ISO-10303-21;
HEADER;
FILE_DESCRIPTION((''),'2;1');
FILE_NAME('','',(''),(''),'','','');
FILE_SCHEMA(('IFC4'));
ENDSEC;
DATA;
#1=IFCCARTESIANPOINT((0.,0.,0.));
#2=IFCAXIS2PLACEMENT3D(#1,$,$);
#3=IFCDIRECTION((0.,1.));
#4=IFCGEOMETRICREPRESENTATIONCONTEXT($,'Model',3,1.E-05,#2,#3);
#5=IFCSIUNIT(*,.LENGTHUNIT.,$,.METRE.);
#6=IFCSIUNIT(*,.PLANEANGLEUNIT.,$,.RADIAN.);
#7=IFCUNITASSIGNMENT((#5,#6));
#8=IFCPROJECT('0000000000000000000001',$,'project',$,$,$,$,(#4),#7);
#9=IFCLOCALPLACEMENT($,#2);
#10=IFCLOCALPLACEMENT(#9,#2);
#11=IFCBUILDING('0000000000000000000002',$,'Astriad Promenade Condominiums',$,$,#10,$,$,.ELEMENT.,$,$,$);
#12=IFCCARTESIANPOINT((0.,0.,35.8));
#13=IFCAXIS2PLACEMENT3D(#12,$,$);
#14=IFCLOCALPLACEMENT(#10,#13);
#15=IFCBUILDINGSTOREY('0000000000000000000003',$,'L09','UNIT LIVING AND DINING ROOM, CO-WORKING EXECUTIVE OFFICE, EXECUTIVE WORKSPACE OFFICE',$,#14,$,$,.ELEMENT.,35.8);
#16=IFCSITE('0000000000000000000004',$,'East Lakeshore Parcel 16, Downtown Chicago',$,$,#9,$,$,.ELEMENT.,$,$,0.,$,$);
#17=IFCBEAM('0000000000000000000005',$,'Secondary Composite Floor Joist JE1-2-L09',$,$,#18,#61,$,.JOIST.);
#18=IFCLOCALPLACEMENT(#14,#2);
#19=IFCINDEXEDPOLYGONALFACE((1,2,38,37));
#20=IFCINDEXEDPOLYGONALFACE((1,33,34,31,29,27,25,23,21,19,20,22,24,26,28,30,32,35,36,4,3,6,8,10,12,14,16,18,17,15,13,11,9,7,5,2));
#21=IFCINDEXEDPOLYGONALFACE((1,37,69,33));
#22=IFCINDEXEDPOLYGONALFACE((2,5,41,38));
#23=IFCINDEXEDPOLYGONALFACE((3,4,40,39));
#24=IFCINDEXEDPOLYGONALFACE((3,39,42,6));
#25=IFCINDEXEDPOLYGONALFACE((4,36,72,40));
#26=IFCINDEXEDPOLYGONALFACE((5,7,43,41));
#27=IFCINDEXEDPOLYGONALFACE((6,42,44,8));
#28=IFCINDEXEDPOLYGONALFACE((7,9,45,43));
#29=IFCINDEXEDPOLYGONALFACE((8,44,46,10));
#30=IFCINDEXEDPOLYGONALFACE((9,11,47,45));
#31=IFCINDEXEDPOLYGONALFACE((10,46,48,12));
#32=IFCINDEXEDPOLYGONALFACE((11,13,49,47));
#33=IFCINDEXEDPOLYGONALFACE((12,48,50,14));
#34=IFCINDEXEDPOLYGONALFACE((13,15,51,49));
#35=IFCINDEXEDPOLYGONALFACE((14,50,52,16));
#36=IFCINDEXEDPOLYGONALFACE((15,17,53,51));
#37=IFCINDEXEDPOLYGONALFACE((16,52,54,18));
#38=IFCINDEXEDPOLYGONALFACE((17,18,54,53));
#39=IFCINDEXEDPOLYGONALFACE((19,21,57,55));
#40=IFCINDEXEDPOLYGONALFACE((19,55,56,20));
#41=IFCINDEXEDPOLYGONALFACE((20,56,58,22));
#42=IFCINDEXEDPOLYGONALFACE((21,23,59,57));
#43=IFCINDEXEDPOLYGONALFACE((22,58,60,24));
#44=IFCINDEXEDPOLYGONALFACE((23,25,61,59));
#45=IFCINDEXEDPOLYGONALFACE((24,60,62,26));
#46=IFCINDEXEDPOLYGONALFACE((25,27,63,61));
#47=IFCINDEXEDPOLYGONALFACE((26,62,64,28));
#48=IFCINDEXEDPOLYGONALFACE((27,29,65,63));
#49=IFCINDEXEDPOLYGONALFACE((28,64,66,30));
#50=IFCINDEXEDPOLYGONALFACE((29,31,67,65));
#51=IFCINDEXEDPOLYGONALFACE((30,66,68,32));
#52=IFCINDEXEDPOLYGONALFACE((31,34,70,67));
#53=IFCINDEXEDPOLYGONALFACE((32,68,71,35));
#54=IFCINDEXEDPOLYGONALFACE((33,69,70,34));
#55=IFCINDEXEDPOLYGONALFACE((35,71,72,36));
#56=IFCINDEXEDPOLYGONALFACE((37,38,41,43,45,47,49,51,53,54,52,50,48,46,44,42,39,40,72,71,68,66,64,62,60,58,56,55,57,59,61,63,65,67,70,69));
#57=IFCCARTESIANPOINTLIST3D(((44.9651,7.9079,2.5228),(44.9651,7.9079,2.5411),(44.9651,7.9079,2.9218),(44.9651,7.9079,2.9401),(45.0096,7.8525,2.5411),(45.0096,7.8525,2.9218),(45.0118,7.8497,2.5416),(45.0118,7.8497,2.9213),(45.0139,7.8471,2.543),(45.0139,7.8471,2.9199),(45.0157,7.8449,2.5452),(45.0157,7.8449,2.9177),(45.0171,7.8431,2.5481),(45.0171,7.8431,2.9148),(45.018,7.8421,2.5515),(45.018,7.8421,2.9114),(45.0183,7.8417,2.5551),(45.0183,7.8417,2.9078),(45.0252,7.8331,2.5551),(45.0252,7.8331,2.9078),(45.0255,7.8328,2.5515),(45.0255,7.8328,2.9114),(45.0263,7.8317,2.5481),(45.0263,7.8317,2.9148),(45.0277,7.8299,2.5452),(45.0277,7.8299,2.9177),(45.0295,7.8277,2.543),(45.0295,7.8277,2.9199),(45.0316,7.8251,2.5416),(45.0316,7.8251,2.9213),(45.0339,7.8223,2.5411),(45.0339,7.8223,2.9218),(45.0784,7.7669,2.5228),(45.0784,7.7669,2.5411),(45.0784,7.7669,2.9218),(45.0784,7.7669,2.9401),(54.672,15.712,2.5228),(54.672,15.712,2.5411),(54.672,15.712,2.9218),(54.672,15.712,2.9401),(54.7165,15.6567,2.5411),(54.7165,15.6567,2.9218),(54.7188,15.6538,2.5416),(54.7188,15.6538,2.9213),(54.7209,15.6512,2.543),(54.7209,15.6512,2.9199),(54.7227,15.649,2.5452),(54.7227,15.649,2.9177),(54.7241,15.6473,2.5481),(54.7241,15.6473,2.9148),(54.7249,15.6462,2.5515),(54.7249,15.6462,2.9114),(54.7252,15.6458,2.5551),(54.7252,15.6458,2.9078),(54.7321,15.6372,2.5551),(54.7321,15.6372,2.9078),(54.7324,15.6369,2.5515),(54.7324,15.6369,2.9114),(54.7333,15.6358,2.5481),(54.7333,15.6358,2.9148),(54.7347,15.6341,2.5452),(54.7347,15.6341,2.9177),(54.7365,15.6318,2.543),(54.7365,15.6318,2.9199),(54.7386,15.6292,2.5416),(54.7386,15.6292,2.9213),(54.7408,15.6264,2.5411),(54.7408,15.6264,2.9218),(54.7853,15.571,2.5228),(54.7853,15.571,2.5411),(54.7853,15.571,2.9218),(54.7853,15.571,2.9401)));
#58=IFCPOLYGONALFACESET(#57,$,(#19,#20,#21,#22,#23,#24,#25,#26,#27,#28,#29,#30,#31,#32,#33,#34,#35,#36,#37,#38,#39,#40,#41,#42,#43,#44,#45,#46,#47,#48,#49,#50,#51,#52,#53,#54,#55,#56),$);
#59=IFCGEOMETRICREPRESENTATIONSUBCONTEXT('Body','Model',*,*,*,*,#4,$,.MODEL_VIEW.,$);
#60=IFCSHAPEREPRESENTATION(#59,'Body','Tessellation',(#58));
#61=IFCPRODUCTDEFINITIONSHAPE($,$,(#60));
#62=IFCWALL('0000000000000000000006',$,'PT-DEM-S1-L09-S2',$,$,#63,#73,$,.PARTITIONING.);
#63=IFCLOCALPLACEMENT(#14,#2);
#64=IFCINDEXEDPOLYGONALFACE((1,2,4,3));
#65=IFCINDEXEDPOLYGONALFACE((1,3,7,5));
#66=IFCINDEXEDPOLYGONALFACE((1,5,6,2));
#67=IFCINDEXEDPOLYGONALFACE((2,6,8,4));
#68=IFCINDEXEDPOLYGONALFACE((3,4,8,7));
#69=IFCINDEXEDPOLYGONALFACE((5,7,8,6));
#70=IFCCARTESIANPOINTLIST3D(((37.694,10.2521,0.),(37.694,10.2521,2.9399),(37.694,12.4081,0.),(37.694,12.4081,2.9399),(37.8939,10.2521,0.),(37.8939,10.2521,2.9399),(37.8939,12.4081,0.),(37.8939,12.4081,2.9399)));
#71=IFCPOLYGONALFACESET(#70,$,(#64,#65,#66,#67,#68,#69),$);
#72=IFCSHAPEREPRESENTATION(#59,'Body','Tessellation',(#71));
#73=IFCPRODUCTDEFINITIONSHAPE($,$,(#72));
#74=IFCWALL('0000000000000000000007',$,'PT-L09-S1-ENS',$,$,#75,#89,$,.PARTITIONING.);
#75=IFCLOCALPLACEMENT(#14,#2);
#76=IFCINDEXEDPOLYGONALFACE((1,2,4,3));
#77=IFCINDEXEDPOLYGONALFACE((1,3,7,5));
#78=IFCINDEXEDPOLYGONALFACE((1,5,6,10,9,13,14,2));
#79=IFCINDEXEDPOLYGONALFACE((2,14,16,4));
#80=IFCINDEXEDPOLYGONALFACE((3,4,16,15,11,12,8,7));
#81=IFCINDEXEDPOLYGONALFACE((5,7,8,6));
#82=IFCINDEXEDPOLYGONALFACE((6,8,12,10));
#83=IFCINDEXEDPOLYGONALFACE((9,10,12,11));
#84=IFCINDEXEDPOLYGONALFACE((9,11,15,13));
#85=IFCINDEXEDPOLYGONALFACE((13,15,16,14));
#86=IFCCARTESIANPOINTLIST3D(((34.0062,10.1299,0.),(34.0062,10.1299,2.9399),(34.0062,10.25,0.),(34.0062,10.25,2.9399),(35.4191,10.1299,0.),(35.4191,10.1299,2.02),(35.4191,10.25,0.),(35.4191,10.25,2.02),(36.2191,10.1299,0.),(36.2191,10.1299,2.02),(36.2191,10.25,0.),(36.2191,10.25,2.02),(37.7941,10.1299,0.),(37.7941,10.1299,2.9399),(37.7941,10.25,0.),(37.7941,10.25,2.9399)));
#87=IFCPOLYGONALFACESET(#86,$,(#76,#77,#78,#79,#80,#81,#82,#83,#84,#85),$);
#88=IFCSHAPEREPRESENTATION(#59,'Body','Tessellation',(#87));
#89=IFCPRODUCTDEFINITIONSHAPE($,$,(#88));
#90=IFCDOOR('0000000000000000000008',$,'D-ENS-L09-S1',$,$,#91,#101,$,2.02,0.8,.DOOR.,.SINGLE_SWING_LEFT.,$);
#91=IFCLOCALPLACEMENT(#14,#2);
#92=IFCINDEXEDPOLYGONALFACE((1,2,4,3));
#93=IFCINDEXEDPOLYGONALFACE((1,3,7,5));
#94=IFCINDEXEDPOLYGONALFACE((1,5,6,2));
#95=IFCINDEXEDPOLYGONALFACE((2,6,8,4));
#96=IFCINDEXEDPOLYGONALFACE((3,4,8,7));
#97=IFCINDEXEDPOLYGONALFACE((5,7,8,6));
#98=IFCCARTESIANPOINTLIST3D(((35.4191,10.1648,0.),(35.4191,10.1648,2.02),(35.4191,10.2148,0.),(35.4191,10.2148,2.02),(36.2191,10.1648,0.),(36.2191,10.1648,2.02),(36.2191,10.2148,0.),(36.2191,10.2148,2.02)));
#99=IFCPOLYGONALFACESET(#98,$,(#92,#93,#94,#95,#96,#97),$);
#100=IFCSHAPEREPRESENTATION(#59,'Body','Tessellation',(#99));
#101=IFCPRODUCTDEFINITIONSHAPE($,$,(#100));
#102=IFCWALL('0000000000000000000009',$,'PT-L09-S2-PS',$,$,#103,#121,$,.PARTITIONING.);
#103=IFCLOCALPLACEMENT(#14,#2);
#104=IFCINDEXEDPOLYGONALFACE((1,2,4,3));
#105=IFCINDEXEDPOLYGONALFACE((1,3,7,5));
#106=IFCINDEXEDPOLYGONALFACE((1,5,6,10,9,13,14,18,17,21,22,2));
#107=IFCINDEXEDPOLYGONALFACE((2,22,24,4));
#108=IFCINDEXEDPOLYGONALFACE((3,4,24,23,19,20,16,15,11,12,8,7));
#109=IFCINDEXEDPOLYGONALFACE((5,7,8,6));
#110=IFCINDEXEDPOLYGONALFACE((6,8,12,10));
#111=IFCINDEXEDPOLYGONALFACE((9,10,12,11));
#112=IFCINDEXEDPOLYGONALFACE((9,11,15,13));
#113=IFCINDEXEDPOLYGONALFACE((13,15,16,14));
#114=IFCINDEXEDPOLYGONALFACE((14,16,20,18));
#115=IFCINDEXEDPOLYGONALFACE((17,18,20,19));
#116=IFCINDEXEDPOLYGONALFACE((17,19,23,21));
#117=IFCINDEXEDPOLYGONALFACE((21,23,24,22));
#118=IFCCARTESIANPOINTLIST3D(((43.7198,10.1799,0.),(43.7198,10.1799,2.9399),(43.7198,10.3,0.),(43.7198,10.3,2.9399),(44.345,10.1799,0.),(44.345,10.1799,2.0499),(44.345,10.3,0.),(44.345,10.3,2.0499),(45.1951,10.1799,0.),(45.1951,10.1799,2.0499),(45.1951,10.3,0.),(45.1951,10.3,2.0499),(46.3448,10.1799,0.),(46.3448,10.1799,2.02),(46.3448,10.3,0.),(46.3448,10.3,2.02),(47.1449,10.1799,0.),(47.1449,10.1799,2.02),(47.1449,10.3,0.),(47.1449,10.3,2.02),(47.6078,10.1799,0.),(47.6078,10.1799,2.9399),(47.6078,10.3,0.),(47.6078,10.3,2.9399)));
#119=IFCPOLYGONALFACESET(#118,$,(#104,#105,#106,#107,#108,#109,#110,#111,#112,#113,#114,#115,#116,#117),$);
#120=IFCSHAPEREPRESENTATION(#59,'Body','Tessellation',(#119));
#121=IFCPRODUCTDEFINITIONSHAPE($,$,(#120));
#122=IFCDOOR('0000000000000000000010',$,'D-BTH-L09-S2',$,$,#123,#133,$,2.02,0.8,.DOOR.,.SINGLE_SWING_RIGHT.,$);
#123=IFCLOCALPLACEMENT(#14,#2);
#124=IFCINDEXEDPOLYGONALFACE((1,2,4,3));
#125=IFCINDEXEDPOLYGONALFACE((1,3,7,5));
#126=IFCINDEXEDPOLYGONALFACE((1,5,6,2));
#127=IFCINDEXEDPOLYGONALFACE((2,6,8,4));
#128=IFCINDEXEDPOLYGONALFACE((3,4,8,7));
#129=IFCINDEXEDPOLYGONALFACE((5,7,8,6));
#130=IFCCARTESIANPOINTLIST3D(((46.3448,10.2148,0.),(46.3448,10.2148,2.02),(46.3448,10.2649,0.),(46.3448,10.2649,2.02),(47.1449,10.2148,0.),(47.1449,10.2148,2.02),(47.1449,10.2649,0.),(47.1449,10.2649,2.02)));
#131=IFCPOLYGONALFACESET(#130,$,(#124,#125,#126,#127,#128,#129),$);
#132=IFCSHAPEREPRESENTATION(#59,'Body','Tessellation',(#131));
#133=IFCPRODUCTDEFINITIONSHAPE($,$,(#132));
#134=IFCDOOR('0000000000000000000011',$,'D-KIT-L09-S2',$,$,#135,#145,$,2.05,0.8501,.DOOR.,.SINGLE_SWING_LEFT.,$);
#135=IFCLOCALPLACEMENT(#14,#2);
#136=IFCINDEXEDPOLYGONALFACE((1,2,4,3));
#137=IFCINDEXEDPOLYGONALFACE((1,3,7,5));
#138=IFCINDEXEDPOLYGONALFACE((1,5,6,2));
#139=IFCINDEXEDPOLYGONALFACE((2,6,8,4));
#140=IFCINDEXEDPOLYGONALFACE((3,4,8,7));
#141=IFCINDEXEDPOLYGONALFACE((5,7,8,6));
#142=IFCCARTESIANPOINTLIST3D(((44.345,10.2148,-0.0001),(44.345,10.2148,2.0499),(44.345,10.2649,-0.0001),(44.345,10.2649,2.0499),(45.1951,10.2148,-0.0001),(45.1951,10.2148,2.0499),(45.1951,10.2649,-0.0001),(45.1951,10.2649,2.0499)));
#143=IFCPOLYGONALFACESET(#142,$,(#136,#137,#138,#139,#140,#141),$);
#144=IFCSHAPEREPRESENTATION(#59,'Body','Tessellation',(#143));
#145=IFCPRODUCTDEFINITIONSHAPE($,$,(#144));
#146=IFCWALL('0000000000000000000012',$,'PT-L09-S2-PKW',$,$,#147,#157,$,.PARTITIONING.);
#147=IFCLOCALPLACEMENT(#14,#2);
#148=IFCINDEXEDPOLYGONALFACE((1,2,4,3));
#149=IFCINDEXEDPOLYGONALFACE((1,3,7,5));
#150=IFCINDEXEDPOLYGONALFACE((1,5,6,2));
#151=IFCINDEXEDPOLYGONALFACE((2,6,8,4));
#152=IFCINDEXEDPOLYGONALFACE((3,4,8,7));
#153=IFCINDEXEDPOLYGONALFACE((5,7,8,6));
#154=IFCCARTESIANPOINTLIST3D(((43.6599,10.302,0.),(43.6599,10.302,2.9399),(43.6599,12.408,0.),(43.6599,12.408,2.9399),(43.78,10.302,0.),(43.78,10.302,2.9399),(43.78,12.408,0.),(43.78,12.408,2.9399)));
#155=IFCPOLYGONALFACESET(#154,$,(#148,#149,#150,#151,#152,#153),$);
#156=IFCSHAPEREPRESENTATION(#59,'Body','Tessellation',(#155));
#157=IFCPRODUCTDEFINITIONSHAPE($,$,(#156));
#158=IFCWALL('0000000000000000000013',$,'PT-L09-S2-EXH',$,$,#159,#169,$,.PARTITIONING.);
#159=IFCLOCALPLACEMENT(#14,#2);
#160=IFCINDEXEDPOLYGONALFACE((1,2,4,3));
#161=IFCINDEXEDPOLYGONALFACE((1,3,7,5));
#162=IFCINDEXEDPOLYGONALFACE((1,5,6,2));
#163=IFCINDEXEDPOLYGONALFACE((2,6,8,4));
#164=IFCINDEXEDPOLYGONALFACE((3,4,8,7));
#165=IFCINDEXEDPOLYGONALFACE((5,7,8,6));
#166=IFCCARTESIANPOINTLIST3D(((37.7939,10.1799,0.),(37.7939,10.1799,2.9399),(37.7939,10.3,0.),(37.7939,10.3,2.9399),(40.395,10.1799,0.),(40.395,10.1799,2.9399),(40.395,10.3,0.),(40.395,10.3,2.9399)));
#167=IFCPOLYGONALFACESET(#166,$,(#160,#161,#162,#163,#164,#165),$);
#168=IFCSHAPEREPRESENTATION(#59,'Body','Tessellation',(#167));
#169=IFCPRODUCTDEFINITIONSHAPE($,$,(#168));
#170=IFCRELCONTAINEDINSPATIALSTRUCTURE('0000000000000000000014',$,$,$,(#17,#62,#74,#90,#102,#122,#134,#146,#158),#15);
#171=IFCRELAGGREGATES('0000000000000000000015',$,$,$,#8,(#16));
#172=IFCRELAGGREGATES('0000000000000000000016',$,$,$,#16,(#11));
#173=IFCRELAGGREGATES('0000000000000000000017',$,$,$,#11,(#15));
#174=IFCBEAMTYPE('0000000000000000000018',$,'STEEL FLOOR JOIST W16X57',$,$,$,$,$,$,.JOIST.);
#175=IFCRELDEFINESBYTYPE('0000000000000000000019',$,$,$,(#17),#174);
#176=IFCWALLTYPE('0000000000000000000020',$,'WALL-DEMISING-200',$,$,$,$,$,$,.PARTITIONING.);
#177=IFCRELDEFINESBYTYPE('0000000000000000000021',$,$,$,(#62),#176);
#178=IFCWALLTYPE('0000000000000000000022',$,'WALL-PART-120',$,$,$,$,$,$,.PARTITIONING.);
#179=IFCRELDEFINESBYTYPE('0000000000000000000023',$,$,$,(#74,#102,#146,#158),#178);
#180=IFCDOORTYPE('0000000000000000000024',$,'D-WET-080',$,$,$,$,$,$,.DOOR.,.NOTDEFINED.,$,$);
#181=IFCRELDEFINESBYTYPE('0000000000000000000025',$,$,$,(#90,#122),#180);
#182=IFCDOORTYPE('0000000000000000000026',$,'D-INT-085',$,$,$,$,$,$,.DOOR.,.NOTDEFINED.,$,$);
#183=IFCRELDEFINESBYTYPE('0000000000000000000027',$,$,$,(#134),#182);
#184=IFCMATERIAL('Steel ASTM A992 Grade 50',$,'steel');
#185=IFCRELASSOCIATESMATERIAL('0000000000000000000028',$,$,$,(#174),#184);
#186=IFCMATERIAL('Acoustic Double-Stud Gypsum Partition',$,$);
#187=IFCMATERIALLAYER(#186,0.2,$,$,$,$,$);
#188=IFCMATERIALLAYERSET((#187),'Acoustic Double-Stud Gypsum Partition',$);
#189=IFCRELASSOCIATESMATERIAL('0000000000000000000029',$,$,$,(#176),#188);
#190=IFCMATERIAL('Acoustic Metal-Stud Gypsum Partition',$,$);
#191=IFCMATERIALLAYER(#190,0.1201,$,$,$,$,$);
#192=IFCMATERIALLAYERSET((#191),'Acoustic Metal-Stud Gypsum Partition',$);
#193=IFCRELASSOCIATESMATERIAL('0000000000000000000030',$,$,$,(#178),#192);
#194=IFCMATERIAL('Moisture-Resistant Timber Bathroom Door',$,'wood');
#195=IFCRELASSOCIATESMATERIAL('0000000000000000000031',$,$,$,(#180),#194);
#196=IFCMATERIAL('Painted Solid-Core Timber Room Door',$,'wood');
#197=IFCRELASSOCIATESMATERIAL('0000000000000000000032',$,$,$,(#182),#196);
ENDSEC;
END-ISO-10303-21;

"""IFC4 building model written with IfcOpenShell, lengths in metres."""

from ifc_helpers import new_model, si_unit, direction, frame, frame_2d, origin, origin_2d, place, context, subcontext, project, spatial, rectangle, i_section, extrude, source, transform, mapped, material, layer, layer_set, material_profile, profile_set, type_object, type_shapes, element, fill, save


model = new_model("IFC4")

# Units and contexts
model_context = context("Model", 3, precision=1e-05, world=origin(), true_north=direction((0.0, 1.0)))
body_context = subcontext(model_context, "Body", "Model", "MODEL_VIEW")
ifc_project = project(units=[si_unit("LENGTHUNIT", "METRE"), si_unit("PLANEANGLEUNIT", "RADIAN")], contexts=[model_context])

# Site, building, storey
site_placement = place(None, origin())
site = spatial("IfcSite", under=ifc_project, at=site_placement, Name="East Lakeshore Parcel 16, Downtown Chicago", CompositionType="ELEMENT", RefElevation=0.0)
building_placement = place(site_placement, origin())
building = spatial("IfcBuilding", under=site, at=building_placement, Name="Astriad Promenade Condominiums", CompositionType="ELEMENT")
storey_placement = place(building_placement, frame((0.0, 0.0, 35.8)))
storey = spatial("IfcBuildingStorey", under=building, at=storey_placement, Name="L09", Description="UNIT LIVING AND DINING ROOM, CO-WORKING EXECUTIVE OFFICE, EXECUTIVE WORKSPACE OFFICE", CompositionType="ELEMENT", Elevation=35.8)

# Shared definitions
ifc_material_1 = material(Name="Steel ASTM A992 Grade 50", Category="steel")

# Beam
ifc_material_profile_1 = material_profile(ifc_material_1, i_section(OverallWidth=0.1809, OverallDepth=0.4172, WebThickness=0.011, FlangeThickness=0.0183, FilletRadius=0.0139, at=origin_2d()), Name="W16X57")
ifc_profile_set_1 = profile_set([ifc_material_profile_1], Name="Steel ASTM A992 Grade 50")
beam_type_1 = type_object("IfcBeamType", Name="STEEL FLOOR JOIST W16X57", PredefinedType="JOIST", material=ifc_profile_set_1)
shared_shape_1 = source(origin(), body_context, "Body", "SweptSolid", [
    extrude(i_section(OverallWidth=0.1809, OverallDepth=0.4172, WebThickness=0.011, FlangeThickness=0.0183, FilletRadius=0.0139, at=origin_2d()), origin(), (0.0, 0.0, 1.0), 12.4551),
])
beam_1_placement = place(storey_placement, frame((45.0217, 7.8374, 2.7314), z_axis=(0.779356, 0.626582, 0.0), x_axis=(-0.626582, 0.779356, 0.0)))
element("IfcBeam", 1, at=beam_1_placement, inside=storey, type_object=beam_type_1, Name="Secondary Composite Floor Joist JE1-2-L09", PredefinedType="JOIST", context=body_context, shape_type="MappedRepresentation", body=[
    mapped(shared_shape_1, transform((0.0, 0.0, 0.0), scale=1.0)),
])

# Wall
ifc_material_2 = material(Name="Acoustic Double-Stud Gypsum Partition")
ifc_layer_1 = layer(ifc_material_2, 0.2)
ifc_layer_set_1 = layer_set([ifc_layer_1], Name="Acoustic Double-Stud Gypsum Partition")
wall_type_1 = type_object("IfcWallType", Name="WALL-DEMISING-200", PredefinedType="PARTITIONING", material=ifc_layer_set_1)
wall_1_placement = place(storey_placement, frame((37.7939, 10.252, 0.0), z_axis=(0.0, 0.0, 1.0), x_axis=(0.0, 1.0, 0.0)))
element("IfcWall", 2, at=wall_1_placement, inside=storey, type_object=wall_type_1, Name="PT-DEM-S1-L09-S2", PredefinedType="PARTITIONING", context=body_context, shape_type="SweptSolid", body=[
    extrude(rectangle(XDim=2.156, YDim=0.2, at=frame_2d((1.0781, 0.0))), origin(), (0.0, 0.0, 1.0), 2.9399),
])

# Wall, opening, door
ifc_material_3 = material(Name="Acoustic Metal-Stud Gypsum Partition")
ifc_layer_2 = layer(ifc_material_3, 0.1201)
ifc_layer_set_2 = layer_set([ifc_layer_2], Name="Acoustic Metal-Stud Gypsum Partition")
wall_type_2 = type_object("IfcWallType", Name="WALL-PART-120", PredefinedType="PARTITIONING", material=ifc_layer_set_2)
wall_2_placement = place(storey_placement, frame((34.0061, 10.1899, 0.0), z_axis=(0.0, 0.0, 1.0), x_axis=(1.0, 0.0, 0.0)))
wall_2 = element("IfcWall", 3, at=wall_2_placement, inside=storey, type_object=wall_type_2, Name="PT-L09-S1-ENS", PredefinedType="PARTITIONING", context=body_context, shape_type="SweptSolid", body=[
    extrude(rectangle(XDim=3.7878, YDim=0.1201, at=frame_2d((1.894, 0.0))), origin(), (0.0, 0.0, 1.0), 2.9399),
])
opening_1_placement = place(wall_2_placement, frame((1.4131, 0.0, 0.0)))
opening_1 = element("IfcOpeningElement", 4, at=opening_1_placement, cuts=wall_2, PredefinedType="OPENING", context=body_context, shape_type="SweptSolid", body=[
    extrude(rectangle(XDim=0.8, YDim=2.02, at=frame_2d((0.3999, 1.01))), frame((0.0, 0.0701, 0.0), z_axis=(0.0, -1.0, 0.0), x_axis=(1.0, 0.0, 0.0)), (0.0, 0.0, 1.0), 0.1401),
])
ifc_material_4 = material(Name="Moisture-Resistant Timber Bathroom Door", Category="wood")
door_type_1 = type_object("IfcDoorType", Name="D-WET-080", OperationType="NOTDEFINED", PredefinedType="DOOR", material=ifc_material_4)
shared_shape_2 = source(origin(), body_context, "Body", "SweptSolid", [
    extrude(rectangle(XDim=0.8, YDim=2.02, at=frame_2d((0.3999, 1.01))), frame((0.0, 0.0249, 0.0), z_axis=(0.0, -1.0, 0.0), x_axis=(1.0, 0.0, 0.0)), (0.0, 0.0, 1.0), 0.05),
])
type_shapes(door_type_1, [shared_shape_2])
door_1_placement = place(opening_1_placement, origin())
door_1 = element("IfcDoor", 5, at=door_1_placement, inside=storey, type_object=door_type_1, Name="D-ENS-L09-S1", OperationType="SINGLE_SWING_LEFT", OverallHeight=2.02, OverallWidth=0.8, PredefinedType="DOOR", context=body_context, shape_type="MappedRepresentation", body=[
    mapped(shared_shape_2, transform((0.0, 0.0, 0.0), scale=1.0)),
])
fill(opening_1, door_1)

# Wall, openings, doors
wall_3_placement = place(storey_placement, frame((43.72, 10.24, 0.0), z_axis=(0.0, 0.0, 1.0), x_axis=(1.0, 0.0, 0.0)))
wall_3 = element("IfcWall", 6, at=wall_3_placement, inside=storey, type_object=wall_type_2, Name="PT-L09-S2-PS", PredefinedType="PARTITIONING", context=body_context, shape_type="SweptSolid", body=[
    extrude(rectangle(XDim=3.8879, YDim=0.1201, at=frame_2d((1.9438, 0.0))), origin(), (0.0, 0.0, 1.0), 2.9399),
])
opening_2_placement = place(wall_3_placement, frame((0.625, 0.0, 0.0)))
opening_2 = element("IfcOpeningElement", 7, at=opening_2_placement, cuts=wall_3, PredefinedType="OPENING", context=body_context, shape_type="SweptSolid", body=[
    extrude(rectangle(XDim=0.8501, YDim=2.05, at=frame_2d((0.425, 1.0249))), frame((0.0, 0.0701, 0.0), z_axis=(0.0, -1.0, 0.0), x_axis=(1.0, 0.0, 0.0)), (0.0, 0.0, 1.0), 0.1401),
])
opening_3_placement = place(wall_3_placement, frame((2.625, 0.0, 0.0)))
opening_3 = element("IfcOpeningElement", 8, at=opening_3_placement, cuts=wall_3, PredefinedType="OPENING", context=body_context, shape_type="SweptSolid", body=[
    extrude(rectangle(XDim=0.8, YDim=2.02, at=frame_2d((0.3999, 1.01))), frame((0.0, 0.0701, 0.0), z_axis=(0.0, -1.0, 0.0), x_axis=(1.0, 0.0, 0.0)), (0.0, 0.0, 1.0), 0.1401),
])
door_2_placement = place(opening_3_placement, origin())
door_2 = element("IfcDoor", 9, at=door_2_placement, inside=storey, type_object=door_type_1, Name="D-BTH-L09-S2", OperationType="SINGLE_SWING_RIGHT", OverallHeight=2.02, OverallWidth=0.8, PredefinedType="DOOR", context=body_context, shape_type="MappedRepresentation", body=[
    mapped(shared_shape_2, transform((0.0, 0.0, 0.0), scale=1.0)),
])
fill(opening_3, door_2)
ifc_material_5 = material(Name="Painted Solid-Core Timber Room Door", Category="wood")
door_type_2 = type_object("IfcDoorType", Name="D-INT-085", OperationType="NOTDEFINED", PredefinedType="DOOR", material=ifc_material_5)
shared_shape_3 = source(origin(), body_context, "Body", "SweptSolid", [
    extrude(rectangle(XDim=0.8501, YDim=2.05, at=frame_2d((0.425, 1.0249))), frame((0.0, 0.0249, 0.0), z_axis=(0.0, -1.0, 0.0), x_axis=(1.0, 0.0, 0.0)), (0.0, 0.0, 1.0), 0.05),
])
type_shapes(door_type_2, [shared_shape_3])
door_3_placement = place(opening_2_placement, origin())
door_3 = element("IfcDoor", 10, at=door_3_placement, inside=storey, type_object=door_type_2, Name="D-KIT-L09-S2", OperationType="SINGLE_SWING_LEFT", OverallHeight=2.05, OverallWidth=0.8501, PredefinedType="DOOR", context=body_context, shape_type="MappedRepresentation", body=[
    mapped(shared_shape_3, transform((0.0, 0.0, 0.0), scale=1.0)),
])
fill(opening_2, door_3)

# Walls
wall_4_placement = place(storey_placement, frame((43.72, 10.302, 0.0), z_axis=(0.0, 0.0, 1.0), x_axis=(0.0, 1.0, 0.0)))
element("IfcWall", 11, at=wall_4_placement, inside=storey, type_object=wall_type_2, Name="PT-L09-S2-PKW", PredefinedType="PARTITIONING", context=body_context, shape_type="SweptSolid", body=[
    extrude(rectangle(XDim=2.106, YDim=0.1201, at=frame_2d((1.053, 0.0))), origin(), (0.0, 0.0, 1.0), 2.9399),
])
wall_5_placement = place(storey_placement, frame((37.7939, 10.24, 0.0), z_axis=(0.0, 0.0, 1.0), x_axis=(1.0, 0.0, 0.0)))
element("IfcWall", 12, at=wall_5_placement, inside=storey, type_object=wall_type_2, Name="PT-L09-S2-EXH", PredefinedType="PARTITIONING", context=body_context, shape_type="SweptSolid", body=[
    extrude(rectangle(XDim=2.6011, YDim=0.1201, at=frame_2d((1.3005, 0.0))), origin(), (0.0, 0.0, 1.0), 2.9399),
])

save(model, "model.ifc")
